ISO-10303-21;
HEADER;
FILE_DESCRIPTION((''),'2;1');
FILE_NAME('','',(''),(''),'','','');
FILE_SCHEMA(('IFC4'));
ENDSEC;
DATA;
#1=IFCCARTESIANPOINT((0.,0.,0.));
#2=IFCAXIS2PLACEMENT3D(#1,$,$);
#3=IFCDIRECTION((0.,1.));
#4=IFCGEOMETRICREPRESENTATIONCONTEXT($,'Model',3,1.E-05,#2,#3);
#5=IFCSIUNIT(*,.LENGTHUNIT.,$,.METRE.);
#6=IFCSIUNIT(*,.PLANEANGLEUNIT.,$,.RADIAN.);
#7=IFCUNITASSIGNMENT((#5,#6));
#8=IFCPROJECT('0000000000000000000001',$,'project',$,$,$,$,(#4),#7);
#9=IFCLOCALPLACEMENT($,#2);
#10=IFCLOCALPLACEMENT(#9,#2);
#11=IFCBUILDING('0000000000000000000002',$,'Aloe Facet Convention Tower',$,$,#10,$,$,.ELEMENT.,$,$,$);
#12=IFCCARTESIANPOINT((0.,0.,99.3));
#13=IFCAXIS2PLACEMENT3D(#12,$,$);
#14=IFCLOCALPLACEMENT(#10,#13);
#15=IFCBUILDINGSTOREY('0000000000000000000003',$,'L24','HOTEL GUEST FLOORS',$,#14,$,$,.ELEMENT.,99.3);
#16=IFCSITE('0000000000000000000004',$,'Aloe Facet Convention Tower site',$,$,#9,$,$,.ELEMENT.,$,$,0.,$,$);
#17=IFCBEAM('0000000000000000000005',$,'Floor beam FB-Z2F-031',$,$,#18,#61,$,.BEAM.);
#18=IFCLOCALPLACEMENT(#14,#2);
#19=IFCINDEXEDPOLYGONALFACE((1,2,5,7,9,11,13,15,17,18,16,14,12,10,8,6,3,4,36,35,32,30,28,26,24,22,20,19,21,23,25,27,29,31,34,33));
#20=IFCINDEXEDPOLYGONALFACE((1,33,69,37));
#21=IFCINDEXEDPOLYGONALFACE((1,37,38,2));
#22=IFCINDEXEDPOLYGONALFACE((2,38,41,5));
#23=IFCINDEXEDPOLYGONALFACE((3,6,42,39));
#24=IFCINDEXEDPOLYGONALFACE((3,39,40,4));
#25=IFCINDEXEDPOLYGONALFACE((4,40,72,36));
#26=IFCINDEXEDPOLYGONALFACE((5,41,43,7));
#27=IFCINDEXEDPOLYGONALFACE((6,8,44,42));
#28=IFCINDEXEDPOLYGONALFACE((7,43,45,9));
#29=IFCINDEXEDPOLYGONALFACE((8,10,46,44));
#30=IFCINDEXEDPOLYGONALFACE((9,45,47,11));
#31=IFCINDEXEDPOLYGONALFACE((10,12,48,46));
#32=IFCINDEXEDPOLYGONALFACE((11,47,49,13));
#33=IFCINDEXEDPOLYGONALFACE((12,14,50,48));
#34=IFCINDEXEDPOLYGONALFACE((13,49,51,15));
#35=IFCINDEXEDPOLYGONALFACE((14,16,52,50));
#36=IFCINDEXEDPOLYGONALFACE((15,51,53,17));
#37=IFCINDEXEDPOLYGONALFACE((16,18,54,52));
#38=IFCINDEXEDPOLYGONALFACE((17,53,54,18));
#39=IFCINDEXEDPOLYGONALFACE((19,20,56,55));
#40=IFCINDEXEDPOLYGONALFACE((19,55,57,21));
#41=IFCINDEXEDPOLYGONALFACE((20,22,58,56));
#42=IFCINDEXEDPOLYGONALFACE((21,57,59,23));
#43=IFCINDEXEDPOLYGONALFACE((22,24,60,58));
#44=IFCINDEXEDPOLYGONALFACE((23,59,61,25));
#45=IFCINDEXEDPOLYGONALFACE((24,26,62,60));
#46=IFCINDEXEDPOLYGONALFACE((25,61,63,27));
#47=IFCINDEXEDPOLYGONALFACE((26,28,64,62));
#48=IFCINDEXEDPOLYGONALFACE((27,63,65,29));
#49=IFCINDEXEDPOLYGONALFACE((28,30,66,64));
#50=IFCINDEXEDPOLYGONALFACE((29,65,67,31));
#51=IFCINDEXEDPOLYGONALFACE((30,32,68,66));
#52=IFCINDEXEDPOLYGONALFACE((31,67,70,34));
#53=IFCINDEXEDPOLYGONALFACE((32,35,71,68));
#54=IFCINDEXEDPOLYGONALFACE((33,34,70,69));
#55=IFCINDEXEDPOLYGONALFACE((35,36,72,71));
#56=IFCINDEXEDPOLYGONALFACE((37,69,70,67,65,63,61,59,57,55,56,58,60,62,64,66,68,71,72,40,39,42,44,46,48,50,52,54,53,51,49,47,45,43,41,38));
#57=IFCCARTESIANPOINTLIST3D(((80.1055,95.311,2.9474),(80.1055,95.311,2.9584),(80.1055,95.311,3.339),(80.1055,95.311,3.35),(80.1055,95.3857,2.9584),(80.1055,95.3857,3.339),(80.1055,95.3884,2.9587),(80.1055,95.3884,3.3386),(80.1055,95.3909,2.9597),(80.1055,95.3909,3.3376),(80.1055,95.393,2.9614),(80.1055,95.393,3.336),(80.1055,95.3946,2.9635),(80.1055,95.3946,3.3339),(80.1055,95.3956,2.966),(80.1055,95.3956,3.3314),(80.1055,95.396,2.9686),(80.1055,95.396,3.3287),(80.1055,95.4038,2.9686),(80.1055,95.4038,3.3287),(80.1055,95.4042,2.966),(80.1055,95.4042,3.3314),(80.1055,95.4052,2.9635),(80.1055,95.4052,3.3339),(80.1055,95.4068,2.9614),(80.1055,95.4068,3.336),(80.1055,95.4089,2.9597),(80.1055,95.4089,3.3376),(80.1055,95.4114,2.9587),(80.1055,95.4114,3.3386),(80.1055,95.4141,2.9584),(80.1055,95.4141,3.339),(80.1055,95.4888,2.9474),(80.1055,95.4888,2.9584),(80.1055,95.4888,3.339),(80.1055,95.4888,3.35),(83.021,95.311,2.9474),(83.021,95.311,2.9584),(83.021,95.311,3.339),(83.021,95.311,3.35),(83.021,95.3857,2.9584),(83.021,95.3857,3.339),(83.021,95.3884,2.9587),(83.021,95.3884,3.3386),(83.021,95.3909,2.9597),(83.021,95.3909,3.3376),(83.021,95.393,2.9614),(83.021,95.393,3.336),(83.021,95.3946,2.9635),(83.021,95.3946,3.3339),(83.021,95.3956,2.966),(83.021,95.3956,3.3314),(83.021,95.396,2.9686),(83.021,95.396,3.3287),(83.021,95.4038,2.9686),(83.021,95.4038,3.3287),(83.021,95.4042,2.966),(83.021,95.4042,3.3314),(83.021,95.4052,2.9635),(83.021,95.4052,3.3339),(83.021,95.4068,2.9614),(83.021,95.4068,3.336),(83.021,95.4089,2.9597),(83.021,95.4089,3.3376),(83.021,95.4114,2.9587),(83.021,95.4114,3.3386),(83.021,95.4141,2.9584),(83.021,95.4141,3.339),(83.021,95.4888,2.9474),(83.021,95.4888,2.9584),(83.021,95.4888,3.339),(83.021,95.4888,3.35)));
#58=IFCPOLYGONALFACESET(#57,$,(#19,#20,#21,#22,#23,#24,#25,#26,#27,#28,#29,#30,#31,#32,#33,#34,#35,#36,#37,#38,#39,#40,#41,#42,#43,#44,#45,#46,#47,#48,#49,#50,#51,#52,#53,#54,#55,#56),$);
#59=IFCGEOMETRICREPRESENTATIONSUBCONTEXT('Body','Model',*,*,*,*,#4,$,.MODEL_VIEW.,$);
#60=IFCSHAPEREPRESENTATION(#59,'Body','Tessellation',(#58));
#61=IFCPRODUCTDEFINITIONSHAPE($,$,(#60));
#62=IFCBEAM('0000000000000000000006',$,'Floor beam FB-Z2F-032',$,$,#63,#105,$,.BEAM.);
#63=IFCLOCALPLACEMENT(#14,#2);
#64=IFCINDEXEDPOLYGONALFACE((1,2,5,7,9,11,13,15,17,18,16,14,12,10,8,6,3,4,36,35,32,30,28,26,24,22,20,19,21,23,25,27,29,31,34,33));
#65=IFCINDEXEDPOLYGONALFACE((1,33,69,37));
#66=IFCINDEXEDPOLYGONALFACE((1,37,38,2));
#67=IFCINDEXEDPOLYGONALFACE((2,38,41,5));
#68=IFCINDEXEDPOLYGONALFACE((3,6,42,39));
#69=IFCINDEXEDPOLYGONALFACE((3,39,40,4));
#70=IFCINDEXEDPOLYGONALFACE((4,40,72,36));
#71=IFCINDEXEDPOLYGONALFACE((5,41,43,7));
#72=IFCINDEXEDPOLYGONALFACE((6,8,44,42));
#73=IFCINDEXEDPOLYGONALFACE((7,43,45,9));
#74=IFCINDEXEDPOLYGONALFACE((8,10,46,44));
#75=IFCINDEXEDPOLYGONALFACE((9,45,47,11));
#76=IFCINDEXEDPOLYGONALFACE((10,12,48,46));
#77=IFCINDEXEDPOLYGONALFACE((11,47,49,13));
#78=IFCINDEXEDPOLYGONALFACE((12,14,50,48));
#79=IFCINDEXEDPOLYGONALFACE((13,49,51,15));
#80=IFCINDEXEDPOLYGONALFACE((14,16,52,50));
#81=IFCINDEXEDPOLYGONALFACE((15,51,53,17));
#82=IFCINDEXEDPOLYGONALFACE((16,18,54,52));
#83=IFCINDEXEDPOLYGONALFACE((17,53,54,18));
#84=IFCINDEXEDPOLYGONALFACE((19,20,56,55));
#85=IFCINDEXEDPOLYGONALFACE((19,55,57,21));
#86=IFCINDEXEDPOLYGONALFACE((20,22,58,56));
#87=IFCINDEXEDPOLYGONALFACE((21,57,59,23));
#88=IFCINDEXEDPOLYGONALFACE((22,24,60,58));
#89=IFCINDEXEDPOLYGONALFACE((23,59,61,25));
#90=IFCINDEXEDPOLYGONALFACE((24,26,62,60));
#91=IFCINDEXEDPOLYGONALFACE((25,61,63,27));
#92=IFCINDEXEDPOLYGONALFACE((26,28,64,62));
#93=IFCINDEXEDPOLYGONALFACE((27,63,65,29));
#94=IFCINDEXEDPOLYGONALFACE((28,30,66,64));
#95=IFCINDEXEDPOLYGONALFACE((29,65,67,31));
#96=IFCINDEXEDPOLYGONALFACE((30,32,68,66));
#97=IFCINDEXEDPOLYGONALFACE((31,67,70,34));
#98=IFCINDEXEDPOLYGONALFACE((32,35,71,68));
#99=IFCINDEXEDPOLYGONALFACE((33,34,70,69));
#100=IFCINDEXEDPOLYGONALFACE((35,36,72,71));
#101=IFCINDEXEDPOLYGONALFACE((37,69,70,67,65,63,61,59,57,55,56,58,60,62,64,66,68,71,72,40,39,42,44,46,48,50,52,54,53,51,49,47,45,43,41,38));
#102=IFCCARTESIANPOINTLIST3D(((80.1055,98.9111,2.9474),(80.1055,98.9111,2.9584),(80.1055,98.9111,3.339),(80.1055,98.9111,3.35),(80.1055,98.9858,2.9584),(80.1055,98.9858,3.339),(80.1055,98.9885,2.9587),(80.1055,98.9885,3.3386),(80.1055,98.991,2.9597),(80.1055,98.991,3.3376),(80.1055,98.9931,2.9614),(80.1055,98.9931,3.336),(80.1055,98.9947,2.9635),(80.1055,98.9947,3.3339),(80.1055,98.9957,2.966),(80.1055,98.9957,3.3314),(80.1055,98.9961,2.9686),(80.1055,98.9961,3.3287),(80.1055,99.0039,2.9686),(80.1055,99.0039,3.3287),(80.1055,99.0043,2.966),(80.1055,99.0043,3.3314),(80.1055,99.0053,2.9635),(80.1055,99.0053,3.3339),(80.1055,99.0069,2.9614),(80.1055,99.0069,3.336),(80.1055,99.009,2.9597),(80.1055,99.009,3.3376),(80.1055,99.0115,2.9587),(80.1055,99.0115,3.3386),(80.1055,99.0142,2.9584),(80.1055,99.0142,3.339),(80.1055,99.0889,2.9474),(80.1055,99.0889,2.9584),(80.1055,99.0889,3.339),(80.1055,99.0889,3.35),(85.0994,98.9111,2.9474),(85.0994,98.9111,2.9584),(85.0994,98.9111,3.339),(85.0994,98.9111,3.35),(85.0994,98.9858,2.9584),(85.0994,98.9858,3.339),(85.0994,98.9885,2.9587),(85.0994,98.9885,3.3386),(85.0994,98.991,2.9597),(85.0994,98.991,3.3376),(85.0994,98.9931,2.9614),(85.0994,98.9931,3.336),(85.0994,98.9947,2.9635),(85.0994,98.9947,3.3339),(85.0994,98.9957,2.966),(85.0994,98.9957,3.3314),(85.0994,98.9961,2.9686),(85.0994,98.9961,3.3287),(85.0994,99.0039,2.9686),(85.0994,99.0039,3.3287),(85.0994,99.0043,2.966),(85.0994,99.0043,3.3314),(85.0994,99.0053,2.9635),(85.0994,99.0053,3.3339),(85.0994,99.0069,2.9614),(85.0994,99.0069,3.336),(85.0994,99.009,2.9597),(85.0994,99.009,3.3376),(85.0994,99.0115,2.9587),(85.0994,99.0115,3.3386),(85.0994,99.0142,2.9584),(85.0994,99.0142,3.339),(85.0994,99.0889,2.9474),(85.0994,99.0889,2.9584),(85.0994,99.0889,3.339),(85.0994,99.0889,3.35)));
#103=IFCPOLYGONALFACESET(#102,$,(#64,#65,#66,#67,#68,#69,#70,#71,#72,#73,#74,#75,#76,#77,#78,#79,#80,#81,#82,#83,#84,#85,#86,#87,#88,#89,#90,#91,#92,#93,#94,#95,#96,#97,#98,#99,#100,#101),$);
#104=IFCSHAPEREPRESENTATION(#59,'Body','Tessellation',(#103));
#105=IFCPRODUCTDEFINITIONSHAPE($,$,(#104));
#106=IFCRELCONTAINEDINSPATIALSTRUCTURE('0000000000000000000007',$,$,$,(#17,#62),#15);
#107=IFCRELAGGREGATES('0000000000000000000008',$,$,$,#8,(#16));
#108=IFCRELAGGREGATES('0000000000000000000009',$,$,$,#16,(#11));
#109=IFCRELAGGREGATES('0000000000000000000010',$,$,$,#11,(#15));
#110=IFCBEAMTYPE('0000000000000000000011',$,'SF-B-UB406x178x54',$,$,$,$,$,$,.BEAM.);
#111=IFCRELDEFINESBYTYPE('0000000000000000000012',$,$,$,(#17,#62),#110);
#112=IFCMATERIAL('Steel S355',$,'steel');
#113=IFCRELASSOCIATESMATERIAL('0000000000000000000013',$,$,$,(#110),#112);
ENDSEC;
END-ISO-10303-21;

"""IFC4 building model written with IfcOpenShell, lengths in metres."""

from ifc_helpers import new_model, si_unit, direction, frame, origin, origin_2d, place, context, subcontext, project, spatial, i_section, extrude, material, material_profile, profile_set, type_object, element, save


model = new_model("IFC4")

# Units and contexts
model_context = context("Model", 3, precision=1e-05, world=origin(), true_north=direction((0.0, 1.0)))
body_context = subcontext(model_context, "Body", "Model", "MODEL_VIEW")
ifc_project = project(units=[si_unit("LENGTHUNIT", "METRE"), si_unit("PLANEANGLEUNIT", "RADIAN")], contexts=[model_context])

# Site, building, storey
site_placement = place(None, origin())
site = spatial("IfcSite", under=ifc_project, at=site_placement, Name="Aloe Facet Convention Tower site", CompositionType="ELEMENT", RefElevation=0.0)
building_placement = place(site_placement, origin())
building = spatial("IfcBuilding", under=site, at=building_placement, Name="Aloe Facet Convention Tower", CompositionType="ELEMENT")
storey_placement = place(building_placement, frame((0.0, 0.0, 99.3)))
storey = spatial("IfcBuildingStorey", under=building, at=storey_placement, Name="L24", Description="HOTEL GUEST FLOORS", CompositionType="ELEMENT", Elevation=99.3)

# Beams
ifc_material_1 = material(Name="Steel S355", Category="steel")
ifc_material_profile_1 = material_profile(ifc_material_1, i_section(OverallWidth=0.1777, OverallDepth=0.4026, WebThickness=0.0078, FlangeThickness=0.011, FilletRadius=0.0103, at=origin_2d()), Name="UB 406x178x54")
ifc_profile_set_1 = profile_set([ifc_material_profile_1], Name="Steel S355")
beam_type = type_object("IfcBeamType", Name="SF-B-UB406x178x54", PredefinedType="BEAM", material=ifc_profile_set_1)
for number, where, z_axis, x_axis, name in (
    (1, (80.1055, 95.3999, 3.1487), (1.0, 0.0, 0.0), (0.0, 1.0, 0.0), "Floor beam FB-Z2F-031"),
):
    element("IfcBeam", number, at=place(storey_placement, frame(where, z_axis=z_axis, x_axis=x_axis)), inside=storey, type_object=beam_type, Name=name, PredefinedType="BEAM", context=body_context, shape_type="SweptSolid", body=[
        extrude(i_section(OverallWidth=0.1777, OverallDepth=0.4026, WebThickness=0.0078, FlangeThickness=0.011, FilletRadius=0.0103, at=origin_2d()), origin(), (0.0, 0.0, 1.0), 2.9155),
    ])
beam_1_placement = place(storey_placement, frame((80.1055, 99.0, 3.1487), z_axis=(1.0, 0.0, 0.0), x_axis=(0.0, 1.0, 0.0)))
element("IfcBeam", 2, at=beam_1_placement, inside=storey, type_object=beam_type, Name="Floor beam FB-Z2F-032", PredefinedType="BEAM", context=body_context, shape_type="SweptSolid", body=[
    extrude(i_section(OverallWidth=0.1777, OverallDepth=0.4026, WebThickness=0.0078, FlangeThickness=0.011, FilletRadius=0.0103, at=origin_2d()), origin(), (0.0, 0.0, 1.0), 4.9939),
])

save(model, "model.ifc")
